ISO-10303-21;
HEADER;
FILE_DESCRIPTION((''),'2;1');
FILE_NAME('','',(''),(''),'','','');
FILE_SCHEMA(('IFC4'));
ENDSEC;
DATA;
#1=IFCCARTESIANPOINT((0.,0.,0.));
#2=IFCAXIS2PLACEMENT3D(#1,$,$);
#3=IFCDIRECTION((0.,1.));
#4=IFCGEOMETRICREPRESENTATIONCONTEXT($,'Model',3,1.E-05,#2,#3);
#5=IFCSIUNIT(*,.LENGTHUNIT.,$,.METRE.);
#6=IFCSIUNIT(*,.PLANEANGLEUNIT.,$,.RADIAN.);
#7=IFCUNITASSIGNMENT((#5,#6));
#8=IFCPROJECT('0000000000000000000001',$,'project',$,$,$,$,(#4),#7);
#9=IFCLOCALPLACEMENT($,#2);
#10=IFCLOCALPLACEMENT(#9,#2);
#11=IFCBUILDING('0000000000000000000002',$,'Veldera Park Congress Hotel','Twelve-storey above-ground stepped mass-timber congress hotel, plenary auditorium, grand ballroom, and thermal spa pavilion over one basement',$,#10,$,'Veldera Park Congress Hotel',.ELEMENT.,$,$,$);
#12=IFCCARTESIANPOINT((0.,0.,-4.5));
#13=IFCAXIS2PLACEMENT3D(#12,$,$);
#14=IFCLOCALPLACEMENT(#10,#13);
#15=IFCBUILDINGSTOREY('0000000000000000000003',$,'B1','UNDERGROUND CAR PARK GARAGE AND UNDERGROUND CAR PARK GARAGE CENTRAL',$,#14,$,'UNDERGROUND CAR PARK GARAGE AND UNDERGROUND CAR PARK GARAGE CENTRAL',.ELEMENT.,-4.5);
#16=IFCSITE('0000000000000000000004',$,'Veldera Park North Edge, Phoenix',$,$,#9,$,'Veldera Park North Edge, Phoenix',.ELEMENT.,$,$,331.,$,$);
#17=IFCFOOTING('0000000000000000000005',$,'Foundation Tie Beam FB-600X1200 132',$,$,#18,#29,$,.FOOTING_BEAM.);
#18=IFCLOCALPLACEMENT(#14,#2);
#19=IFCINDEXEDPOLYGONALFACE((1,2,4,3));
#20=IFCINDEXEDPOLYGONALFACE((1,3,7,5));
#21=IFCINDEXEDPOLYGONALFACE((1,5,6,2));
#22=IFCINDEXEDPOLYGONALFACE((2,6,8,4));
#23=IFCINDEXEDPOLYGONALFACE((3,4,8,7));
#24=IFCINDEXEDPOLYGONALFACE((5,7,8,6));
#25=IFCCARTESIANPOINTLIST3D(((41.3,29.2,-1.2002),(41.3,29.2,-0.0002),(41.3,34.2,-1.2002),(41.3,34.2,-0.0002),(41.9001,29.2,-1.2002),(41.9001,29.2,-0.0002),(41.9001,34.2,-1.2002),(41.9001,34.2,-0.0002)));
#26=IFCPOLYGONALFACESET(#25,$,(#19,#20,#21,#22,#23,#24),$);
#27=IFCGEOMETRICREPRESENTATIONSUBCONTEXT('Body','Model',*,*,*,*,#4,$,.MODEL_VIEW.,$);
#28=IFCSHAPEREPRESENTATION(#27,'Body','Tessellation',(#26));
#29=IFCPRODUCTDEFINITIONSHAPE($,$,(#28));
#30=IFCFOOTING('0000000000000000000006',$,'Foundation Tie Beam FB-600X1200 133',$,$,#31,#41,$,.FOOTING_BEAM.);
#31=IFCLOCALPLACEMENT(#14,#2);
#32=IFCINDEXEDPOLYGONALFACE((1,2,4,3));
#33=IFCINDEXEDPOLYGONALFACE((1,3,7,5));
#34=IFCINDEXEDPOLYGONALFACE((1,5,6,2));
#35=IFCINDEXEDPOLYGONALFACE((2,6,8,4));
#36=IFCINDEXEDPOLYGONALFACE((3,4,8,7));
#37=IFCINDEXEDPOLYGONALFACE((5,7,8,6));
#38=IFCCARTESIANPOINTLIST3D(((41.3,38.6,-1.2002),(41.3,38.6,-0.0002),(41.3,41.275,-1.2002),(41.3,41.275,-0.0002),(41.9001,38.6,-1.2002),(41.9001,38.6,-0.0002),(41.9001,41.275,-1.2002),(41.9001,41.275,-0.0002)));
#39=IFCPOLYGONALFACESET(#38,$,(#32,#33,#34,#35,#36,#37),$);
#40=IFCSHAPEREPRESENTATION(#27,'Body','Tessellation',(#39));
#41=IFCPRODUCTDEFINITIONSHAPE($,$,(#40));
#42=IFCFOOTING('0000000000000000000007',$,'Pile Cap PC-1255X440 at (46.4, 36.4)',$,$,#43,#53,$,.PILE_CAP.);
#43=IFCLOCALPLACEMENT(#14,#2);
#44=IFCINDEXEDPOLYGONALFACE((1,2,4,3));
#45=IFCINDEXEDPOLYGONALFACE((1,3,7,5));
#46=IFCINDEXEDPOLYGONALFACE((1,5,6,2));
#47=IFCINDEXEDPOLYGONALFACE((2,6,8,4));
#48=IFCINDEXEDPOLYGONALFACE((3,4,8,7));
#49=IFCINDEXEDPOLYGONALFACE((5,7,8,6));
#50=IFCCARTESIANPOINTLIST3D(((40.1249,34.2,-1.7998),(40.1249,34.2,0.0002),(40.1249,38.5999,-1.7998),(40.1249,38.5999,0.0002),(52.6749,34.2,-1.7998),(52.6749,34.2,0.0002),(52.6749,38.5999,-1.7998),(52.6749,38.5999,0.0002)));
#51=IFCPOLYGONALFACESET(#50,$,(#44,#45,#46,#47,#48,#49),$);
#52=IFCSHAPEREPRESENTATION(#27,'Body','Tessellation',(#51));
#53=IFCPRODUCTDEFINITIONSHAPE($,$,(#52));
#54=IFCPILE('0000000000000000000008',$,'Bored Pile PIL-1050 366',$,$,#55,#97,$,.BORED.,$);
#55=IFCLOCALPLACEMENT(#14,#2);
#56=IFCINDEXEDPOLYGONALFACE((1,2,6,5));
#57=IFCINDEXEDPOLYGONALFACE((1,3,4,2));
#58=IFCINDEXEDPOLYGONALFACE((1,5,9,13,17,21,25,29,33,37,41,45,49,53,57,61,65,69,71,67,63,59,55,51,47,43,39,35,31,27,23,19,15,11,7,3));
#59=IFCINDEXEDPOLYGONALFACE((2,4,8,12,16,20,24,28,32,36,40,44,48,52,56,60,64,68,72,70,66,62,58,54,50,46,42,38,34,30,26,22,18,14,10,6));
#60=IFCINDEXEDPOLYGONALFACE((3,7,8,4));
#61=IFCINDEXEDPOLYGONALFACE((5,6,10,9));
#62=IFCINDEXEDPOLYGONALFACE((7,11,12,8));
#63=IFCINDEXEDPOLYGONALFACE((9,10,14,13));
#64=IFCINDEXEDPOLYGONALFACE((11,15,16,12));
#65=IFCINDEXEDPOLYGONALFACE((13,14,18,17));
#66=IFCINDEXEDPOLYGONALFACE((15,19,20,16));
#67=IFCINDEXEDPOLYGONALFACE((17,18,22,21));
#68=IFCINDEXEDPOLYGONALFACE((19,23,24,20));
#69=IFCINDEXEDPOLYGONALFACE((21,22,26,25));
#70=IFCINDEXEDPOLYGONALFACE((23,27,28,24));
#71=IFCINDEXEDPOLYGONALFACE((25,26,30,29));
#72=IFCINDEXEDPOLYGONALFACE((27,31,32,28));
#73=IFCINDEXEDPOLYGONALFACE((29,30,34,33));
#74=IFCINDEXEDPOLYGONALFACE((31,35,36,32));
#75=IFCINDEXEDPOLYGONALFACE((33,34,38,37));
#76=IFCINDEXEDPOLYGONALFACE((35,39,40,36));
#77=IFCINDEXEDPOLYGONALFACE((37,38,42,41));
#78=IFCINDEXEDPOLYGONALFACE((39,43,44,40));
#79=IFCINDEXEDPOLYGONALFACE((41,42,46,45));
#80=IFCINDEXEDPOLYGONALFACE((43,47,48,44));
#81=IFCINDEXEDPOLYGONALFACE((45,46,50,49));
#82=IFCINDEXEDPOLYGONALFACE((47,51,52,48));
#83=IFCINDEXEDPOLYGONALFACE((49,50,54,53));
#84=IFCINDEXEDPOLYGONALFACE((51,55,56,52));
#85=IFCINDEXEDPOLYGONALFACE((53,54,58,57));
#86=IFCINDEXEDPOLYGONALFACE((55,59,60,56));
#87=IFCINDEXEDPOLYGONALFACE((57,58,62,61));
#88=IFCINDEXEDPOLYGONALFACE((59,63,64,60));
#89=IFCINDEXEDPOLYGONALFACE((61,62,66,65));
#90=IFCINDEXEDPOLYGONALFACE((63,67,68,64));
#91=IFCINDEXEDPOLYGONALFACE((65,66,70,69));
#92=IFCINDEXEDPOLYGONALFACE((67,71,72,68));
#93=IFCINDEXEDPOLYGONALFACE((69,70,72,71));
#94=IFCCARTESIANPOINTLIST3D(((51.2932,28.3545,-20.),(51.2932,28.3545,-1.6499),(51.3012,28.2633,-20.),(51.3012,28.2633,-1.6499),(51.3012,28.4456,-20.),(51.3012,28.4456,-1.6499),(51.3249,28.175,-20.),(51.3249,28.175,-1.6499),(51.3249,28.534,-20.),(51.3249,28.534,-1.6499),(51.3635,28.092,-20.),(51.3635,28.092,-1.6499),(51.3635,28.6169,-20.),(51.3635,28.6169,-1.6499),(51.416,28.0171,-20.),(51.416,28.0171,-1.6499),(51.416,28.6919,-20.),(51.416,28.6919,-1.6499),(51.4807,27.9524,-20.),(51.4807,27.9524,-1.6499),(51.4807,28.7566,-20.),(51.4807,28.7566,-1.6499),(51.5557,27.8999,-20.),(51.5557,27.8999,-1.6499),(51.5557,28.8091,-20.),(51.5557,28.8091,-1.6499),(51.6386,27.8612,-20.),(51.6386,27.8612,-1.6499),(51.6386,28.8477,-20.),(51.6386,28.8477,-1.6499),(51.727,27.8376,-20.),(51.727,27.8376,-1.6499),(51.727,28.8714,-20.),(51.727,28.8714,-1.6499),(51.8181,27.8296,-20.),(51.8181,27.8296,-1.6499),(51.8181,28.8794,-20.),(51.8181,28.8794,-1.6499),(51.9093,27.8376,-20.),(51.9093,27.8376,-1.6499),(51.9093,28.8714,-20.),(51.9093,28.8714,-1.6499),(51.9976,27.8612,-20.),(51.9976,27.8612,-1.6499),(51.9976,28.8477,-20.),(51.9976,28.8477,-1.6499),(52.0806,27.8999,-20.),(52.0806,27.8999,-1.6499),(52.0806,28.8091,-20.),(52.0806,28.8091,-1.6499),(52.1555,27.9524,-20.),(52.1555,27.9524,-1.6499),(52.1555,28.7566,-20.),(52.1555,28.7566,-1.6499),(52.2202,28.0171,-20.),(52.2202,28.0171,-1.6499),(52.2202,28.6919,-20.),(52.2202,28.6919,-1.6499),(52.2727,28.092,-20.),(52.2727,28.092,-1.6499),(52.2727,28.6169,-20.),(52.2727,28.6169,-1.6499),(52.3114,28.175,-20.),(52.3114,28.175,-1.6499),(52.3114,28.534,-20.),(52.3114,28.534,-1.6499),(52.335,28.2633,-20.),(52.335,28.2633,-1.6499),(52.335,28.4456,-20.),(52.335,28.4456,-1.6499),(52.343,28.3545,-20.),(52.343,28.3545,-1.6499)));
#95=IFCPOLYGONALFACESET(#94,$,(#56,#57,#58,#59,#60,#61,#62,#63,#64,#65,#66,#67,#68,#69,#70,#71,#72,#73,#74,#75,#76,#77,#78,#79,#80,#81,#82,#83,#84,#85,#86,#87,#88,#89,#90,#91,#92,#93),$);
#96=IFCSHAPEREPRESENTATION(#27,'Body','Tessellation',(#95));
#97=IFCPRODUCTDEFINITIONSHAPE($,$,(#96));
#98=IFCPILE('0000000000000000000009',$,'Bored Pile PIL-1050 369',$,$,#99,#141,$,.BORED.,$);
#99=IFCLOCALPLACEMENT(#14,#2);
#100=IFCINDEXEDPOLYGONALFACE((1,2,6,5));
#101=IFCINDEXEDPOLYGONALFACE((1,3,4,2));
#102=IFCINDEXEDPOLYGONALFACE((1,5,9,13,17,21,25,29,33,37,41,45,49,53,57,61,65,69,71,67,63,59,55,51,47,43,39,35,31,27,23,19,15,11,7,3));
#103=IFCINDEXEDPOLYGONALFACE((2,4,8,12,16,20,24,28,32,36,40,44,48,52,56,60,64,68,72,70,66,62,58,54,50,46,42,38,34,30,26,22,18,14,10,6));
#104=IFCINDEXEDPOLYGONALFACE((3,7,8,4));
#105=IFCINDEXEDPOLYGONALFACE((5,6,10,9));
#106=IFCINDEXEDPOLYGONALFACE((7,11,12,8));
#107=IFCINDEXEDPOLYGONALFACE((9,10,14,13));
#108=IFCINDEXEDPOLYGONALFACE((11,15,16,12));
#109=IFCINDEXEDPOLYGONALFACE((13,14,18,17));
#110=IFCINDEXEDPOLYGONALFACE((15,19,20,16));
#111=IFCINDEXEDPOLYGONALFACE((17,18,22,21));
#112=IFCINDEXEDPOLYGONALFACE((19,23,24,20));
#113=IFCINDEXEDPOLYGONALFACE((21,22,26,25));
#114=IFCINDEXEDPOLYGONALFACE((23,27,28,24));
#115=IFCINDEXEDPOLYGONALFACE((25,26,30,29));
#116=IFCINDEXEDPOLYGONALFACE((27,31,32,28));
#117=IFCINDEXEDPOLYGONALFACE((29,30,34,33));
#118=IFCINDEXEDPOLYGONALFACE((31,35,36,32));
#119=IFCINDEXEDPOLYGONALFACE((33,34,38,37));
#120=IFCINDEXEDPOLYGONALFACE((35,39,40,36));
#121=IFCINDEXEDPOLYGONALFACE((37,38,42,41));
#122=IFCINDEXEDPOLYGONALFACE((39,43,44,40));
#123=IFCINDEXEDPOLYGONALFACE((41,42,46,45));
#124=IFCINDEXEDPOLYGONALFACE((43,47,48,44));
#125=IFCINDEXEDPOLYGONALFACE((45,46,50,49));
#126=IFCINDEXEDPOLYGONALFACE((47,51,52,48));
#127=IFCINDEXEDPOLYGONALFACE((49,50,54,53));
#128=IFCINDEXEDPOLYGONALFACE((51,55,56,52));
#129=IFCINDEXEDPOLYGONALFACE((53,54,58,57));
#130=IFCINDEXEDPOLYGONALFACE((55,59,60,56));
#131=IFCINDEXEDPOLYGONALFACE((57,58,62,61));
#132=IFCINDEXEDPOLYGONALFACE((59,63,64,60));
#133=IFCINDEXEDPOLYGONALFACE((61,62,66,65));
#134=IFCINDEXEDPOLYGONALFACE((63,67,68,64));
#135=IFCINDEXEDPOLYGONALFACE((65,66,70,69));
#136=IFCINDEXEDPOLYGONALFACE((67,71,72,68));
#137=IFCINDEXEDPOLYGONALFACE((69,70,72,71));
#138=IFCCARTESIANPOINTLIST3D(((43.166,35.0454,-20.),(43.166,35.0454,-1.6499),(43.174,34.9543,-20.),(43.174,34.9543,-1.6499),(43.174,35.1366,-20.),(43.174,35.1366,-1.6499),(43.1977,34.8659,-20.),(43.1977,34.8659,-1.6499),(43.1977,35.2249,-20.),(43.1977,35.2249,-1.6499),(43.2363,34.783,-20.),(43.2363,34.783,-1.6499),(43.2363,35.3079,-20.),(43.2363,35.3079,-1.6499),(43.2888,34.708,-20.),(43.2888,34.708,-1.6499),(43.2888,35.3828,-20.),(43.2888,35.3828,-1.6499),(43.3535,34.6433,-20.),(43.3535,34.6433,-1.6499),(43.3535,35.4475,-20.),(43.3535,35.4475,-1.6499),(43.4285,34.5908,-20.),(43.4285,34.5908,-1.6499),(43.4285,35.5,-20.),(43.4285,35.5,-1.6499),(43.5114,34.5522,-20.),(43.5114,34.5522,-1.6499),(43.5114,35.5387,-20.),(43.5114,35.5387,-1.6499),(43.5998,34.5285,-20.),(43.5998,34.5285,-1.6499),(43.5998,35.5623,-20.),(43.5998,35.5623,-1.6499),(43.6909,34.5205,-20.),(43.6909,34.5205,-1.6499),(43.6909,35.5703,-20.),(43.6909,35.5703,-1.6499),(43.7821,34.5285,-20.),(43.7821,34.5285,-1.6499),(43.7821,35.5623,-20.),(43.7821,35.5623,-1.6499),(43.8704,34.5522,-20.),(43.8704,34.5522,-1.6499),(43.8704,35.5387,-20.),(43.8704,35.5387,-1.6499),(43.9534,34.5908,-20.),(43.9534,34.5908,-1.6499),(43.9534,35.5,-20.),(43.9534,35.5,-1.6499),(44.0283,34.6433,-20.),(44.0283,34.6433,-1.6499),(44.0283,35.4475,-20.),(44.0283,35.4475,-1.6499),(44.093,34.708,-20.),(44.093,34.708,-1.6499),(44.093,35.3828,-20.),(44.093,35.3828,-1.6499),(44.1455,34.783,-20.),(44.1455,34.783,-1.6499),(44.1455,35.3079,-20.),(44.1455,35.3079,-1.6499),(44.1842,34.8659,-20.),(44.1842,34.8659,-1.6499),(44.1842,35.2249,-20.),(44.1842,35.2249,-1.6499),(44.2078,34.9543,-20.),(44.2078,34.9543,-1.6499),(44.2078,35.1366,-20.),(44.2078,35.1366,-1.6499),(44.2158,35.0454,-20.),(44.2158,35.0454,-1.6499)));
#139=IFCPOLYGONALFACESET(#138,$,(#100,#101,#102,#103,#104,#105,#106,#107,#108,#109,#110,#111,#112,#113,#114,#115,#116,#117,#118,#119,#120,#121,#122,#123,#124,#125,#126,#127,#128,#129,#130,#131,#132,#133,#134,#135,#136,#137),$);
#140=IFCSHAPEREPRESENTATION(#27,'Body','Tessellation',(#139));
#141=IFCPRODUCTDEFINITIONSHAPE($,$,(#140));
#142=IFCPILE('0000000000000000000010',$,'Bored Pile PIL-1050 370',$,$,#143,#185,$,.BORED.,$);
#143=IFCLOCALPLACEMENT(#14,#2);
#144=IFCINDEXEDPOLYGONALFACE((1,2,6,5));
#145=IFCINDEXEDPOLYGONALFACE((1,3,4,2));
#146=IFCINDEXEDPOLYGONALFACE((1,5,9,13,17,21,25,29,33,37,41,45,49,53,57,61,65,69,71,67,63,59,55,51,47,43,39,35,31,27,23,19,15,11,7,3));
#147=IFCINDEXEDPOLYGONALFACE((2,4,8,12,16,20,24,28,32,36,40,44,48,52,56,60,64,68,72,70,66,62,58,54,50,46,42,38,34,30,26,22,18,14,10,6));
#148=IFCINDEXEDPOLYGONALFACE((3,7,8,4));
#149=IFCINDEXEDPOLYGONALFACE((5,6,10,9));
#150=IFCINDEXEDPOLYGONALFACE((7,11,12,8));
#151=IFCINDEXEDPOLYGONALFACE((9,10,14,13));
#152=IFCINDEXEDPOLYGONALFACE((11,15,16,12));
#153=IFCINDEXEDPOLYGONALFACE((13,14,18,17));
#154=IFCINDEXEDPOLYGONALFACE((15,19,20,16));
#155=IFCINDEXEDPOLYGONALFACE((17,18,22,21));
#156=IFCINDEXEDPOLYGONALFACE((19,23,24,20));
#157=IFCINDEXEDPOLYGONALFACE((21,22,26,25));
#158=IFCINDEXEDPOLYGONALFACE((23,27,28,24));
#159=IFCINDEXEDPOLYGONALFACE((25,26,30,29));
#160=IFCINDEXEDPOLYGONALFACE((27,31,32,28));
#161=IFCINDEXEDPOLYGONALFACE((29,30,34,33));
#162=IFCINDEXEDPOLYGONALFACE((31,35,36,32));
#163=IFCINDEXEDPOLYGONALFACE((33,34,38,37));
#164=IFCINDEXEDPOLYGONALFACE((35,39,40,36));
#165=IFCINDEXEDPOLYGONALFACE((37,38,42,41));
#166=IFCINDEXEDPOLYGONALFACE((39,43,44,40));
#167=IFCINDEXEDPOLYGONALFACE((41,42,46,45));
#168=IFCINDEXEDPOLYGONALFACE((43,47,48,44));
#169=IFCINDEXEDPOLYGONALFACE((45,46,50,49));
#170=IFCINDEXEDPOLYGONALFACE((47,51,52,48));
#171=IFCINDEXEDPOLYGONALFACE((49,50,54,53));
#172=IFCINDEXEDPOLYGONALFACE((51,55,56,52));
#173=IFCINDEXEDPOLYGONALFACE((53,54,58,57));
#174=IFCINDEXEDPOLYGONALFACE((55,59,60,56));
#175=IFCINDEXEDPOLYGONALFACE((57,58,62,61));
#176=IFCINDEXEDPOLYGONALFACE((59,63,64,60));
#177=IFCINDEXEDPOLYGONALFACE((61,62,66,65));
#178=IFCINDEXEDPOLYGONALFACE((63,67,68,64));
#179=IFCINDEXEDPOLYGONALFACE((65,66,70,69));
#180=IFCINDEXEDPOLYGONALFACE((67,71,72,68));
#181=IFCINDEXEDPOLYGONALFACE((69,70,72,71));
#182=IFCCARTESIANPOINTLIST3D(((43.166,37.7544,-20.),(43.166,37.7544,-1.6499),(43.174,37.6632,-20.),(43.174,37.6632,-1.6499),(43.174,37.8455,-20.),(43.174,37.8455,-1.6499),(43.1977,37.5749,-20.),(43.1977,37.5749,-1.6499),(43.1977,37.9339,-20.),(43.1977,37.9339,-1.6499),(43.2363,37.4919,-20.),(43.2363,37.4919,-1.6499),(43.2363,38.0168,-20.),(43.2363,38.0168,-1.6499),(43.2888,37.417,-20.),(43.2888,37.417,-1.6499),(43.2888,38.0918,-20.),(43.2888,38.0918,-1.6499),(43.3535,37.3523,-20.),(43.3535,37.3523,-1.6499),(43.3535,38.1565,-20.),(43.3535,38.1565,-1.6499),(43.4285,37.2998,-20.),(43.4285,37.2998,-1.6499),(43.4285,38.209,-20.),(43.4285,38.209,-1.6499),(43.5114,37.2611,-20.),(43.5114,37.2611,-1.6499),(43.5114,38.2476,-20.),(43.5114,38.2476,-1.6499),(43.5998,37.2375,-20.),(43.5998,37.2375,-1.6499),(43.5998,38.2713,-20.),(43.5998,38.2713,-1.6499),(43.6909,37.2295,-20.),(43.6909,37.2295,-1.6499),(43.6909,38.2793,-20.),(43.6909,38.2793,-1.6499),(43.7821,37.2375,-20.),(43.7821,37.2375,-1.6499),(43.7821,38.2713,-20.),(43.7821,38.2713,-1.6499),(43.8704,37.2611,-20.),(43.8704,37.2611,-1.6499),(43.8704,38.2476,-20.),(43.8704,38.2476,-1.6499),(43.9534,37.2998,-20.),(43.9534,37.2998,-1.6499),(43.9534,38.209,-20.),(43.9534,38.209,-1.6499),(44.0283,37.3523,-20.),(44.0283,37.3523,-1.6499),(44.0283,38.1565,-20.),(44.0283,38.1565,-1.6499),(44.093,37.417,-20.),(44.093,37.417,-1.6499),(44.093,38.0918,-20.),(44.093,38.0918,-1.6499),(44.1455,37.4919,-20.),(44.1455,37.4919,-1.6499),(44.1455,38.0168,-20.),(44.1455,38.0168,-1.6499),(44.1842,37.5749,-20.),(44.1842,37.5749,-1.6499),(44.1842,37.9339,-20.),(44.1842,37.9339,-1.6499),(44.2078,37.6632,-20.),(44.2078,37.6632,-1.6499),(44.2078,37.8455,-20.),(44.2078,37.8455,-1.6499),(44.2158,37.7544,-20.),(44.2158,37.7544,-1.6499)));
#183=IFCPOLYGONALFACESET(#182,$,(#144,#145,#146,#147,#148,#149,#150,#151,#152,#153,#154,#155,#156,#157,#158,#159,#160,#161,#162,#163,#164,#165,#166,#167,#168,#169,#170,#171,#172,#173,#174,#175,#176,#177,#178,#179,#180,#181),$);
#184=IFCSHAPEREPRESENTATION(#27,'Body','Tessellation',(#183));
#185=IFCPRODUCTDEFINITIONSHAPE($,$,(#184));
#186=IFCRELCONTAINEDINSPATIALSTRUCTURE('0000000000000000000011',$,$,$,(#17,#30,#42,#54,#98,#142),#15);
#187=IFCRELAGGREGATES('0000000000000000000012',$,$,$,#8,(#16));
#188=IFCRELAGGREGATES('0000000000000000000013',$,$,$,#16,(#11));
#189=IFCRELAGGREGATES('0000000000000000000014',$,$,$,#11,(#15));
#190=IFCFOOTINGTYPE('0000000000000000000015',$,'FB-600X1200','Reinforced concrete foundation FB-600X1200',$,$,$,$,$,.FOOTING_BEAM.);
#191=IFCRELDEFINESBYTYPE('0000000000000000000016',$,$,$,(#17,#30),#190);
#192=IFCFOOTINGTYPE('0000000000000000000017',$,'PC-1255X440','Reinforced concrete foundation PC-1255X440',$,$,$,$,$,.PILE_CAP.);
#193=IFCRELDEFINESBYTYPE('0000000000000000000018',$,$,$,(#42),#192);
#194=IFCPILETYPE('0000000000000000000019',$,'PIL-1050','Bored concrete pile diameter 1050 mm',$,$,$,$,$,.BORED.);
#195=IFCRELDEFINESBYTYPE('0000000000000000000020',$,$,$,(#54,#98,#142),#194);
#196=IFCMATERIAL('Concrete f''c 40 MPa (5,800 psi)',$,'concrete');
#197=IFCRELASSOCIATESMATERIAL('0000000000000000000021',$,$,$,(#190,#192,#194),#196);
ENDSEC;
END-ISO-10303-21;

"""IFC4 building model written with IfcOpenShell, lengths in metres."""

from ifc_helpers import new_model, si_unit, direction, frame, origin, origin_2d, place, context, subcontext, project, spatial, rectangle, circle, extrude, material, material_profile, profile_set, type_object, element, save


model = new_model("IFC4")

# Units and contexts
model_context = context("Model", 3, precision=1e-05, world=origin(), true_north=direction((0.0, 1.0)))
body_context = subcontext(model_context, "Body", "Model", "MODEL_VIEW")
ifc_project = project(units=[si_unit("LENGTHUNIT", "METRE"), si_unit("PLANEANGLEUNIT", "RADIAN")], contexts=[model_context])

# Site, building, storey
site_placement = place(None, origin())
site = spatial("IfcSite", under=ifc_project, at=site_placement, Name="Veldera Park North Edge, Phoenix", LongName="Veldera Park North Edge, Phoenix", CompositionType="ELEMENT", RefElevation=331.0)
building_placement = place(site_placement, origin())
building = spatial("IfcBuilding", under=site, at=building_placement, Name="Veldera Park Congress Hotel", Description="Twelve-storey above-ground stepped mass-timber congress hotel, plenary auditorium, grand ballroom, and thermal spa pavilion over one basement", LongName="Veldera Park Congress Hotel", CompositionType="ELEMENT")
storey_placement = place(building_placement, frame((0.0, 0.0, -4.5)))
storey = spatial("IfcBuildingStorey", under=building, at=storey_placement, Name="B1", Description="UNDERGROUND CAR PARK GARAGE AND UNDERGROUND CAR PARK GARAGE CENTRAL", LongName="UNDERGROUND CAR PARK GARAGE AND UNDERGROUND CAR PARK GARAGE CENTRAL", CompositionType="ELEMENT", Elevation=-4.5)

# Footings
ifc_material_1 = material(Name="Concrete f'c 40 MPa (5,800 psi)", Category="concrete")
footing_type_1 = type_object("IfcFootingType", Name="FB-600X1200", Description="Reinforced concrete foundation FB-600X1200", PredefinedType="FOOTING_BEAM", material=ifc_material_1)
footing_1_placement = place(storey_placement, frame((41.6001, 31.7, -1.2002), z_axis=(0.0, 0.0, 1.0), x_axis=(0.0, 1.0, 0.0)))
element("IfcFooting", 1, at=footing_1_placement, inside=storey, type_object=footing_type_1, Name="Foundation Tie Beam FB-600X1200 132", PredefinedType="FOOTING_BEAM", context=body_context, shape_type="SweptSolid", body=[
    extrude(rectangle(XDim=5.0, YDim=0.6001, at=origin_2d()), origin(), (0.0, 0.0, 1.0), 1.2),
])
footing_2_placement = place(storey_placement, frame((41.6001, 39.9375, -1.2002), z_axis=(0.0, 0.0, 1.0), x_axis=(0.0, 1.0, 0.0)))
element("IfcFooting", 2, at=footing_2_placement, inside=storey, type_object=footing_type_1, Name="Foundation Tie Beam FB-600X1200 133", PredefinedType="FOOTING_BEAM", context=body_context, shape_type="SweptSolid", body=[
    extrude(rectangle(XDim=2.675, YDim=0.6001, at=origin_2d()), origin(), (0.0, 0.0, 1.0), 1.2),
])
footing_type_2 = type_object("IfcFootingType", Name="PC-1255X440", Description="Reinforced concrete foundation PC-1255X440", PredefinedType="PILE_CAP", material=ifc_material_1)
footing_3_placement = place(storey_placement, frame((46.3999, 36.3999, -1.7998), z_axis=(0.0, 0.0, 1.0), x_axis=(1.0, 0.0, 0.0)))
element("IfcFooting", 3, at=footing_3_placement, inside=storey, type_object=footing_type_2, Name="Pile Cap PC-1255X440 at (46.4, 36.4)", PredefinedType="PILE_CAP", context=body_context, shape_type="SweptSolid", body=[
    extrude(rectangle(XDim=12.55, YDim=4.3999, at=origin_2d()), origin(), (0.0, 0.0, 1.0), 1.8),
])

# Piles
ifc_material_profile_1 = material_profile(ifc_material_1, circle(Radius=0.5249, at=origin_2d()), Name="PILE D1050")
ifc_profile_set_1 = profile_set([ifc_material_profile_1], Name="Concrete f'c 40 MPa (5,800 psi)")
pile_type = type_object("IfcPileType", Name="PIL-1050", Description="Bored concrete pile diameter 1050 mm", PredefinedType="BORED", material=ifc_profile_set_1)
for number, where, z_axis, x_axis, name in (
    (4, (51.8181, 28.3545, -1.6499), (0.0, 0.0, -1.0), (1.0, 0.0, 0.0), "Bored Pile PIL-1050 366"),
    (5, (43.6909, 35.0454, -1.6499), (0.0, 0.0, -1.0), (1.0, 0.0, 0.0), "Bored Pile PIL-1050 369"),
    (6, (43.6909, 37.7544, -1.6499), (0.0, 0.0, -1.0), (1.0, 0.0, 0.0), "Bored Pile PIL-1050 370"),
):
    element("IfcPile", number, at=place(storey_placement, frame(where, z_axis=z_axis, x_axis=x_axis)), inside=storey, type_object=pile_type, Name=name, PredefinedType="BORED", context=body_context, shape_type="SweptSolid", body=[
        extrude(circle(Radius=0.5249, at=origin_2d()), origin(), (0.0, 0.0, 1.0), 18.3501),
    ])

save(model, "model.ifc")
